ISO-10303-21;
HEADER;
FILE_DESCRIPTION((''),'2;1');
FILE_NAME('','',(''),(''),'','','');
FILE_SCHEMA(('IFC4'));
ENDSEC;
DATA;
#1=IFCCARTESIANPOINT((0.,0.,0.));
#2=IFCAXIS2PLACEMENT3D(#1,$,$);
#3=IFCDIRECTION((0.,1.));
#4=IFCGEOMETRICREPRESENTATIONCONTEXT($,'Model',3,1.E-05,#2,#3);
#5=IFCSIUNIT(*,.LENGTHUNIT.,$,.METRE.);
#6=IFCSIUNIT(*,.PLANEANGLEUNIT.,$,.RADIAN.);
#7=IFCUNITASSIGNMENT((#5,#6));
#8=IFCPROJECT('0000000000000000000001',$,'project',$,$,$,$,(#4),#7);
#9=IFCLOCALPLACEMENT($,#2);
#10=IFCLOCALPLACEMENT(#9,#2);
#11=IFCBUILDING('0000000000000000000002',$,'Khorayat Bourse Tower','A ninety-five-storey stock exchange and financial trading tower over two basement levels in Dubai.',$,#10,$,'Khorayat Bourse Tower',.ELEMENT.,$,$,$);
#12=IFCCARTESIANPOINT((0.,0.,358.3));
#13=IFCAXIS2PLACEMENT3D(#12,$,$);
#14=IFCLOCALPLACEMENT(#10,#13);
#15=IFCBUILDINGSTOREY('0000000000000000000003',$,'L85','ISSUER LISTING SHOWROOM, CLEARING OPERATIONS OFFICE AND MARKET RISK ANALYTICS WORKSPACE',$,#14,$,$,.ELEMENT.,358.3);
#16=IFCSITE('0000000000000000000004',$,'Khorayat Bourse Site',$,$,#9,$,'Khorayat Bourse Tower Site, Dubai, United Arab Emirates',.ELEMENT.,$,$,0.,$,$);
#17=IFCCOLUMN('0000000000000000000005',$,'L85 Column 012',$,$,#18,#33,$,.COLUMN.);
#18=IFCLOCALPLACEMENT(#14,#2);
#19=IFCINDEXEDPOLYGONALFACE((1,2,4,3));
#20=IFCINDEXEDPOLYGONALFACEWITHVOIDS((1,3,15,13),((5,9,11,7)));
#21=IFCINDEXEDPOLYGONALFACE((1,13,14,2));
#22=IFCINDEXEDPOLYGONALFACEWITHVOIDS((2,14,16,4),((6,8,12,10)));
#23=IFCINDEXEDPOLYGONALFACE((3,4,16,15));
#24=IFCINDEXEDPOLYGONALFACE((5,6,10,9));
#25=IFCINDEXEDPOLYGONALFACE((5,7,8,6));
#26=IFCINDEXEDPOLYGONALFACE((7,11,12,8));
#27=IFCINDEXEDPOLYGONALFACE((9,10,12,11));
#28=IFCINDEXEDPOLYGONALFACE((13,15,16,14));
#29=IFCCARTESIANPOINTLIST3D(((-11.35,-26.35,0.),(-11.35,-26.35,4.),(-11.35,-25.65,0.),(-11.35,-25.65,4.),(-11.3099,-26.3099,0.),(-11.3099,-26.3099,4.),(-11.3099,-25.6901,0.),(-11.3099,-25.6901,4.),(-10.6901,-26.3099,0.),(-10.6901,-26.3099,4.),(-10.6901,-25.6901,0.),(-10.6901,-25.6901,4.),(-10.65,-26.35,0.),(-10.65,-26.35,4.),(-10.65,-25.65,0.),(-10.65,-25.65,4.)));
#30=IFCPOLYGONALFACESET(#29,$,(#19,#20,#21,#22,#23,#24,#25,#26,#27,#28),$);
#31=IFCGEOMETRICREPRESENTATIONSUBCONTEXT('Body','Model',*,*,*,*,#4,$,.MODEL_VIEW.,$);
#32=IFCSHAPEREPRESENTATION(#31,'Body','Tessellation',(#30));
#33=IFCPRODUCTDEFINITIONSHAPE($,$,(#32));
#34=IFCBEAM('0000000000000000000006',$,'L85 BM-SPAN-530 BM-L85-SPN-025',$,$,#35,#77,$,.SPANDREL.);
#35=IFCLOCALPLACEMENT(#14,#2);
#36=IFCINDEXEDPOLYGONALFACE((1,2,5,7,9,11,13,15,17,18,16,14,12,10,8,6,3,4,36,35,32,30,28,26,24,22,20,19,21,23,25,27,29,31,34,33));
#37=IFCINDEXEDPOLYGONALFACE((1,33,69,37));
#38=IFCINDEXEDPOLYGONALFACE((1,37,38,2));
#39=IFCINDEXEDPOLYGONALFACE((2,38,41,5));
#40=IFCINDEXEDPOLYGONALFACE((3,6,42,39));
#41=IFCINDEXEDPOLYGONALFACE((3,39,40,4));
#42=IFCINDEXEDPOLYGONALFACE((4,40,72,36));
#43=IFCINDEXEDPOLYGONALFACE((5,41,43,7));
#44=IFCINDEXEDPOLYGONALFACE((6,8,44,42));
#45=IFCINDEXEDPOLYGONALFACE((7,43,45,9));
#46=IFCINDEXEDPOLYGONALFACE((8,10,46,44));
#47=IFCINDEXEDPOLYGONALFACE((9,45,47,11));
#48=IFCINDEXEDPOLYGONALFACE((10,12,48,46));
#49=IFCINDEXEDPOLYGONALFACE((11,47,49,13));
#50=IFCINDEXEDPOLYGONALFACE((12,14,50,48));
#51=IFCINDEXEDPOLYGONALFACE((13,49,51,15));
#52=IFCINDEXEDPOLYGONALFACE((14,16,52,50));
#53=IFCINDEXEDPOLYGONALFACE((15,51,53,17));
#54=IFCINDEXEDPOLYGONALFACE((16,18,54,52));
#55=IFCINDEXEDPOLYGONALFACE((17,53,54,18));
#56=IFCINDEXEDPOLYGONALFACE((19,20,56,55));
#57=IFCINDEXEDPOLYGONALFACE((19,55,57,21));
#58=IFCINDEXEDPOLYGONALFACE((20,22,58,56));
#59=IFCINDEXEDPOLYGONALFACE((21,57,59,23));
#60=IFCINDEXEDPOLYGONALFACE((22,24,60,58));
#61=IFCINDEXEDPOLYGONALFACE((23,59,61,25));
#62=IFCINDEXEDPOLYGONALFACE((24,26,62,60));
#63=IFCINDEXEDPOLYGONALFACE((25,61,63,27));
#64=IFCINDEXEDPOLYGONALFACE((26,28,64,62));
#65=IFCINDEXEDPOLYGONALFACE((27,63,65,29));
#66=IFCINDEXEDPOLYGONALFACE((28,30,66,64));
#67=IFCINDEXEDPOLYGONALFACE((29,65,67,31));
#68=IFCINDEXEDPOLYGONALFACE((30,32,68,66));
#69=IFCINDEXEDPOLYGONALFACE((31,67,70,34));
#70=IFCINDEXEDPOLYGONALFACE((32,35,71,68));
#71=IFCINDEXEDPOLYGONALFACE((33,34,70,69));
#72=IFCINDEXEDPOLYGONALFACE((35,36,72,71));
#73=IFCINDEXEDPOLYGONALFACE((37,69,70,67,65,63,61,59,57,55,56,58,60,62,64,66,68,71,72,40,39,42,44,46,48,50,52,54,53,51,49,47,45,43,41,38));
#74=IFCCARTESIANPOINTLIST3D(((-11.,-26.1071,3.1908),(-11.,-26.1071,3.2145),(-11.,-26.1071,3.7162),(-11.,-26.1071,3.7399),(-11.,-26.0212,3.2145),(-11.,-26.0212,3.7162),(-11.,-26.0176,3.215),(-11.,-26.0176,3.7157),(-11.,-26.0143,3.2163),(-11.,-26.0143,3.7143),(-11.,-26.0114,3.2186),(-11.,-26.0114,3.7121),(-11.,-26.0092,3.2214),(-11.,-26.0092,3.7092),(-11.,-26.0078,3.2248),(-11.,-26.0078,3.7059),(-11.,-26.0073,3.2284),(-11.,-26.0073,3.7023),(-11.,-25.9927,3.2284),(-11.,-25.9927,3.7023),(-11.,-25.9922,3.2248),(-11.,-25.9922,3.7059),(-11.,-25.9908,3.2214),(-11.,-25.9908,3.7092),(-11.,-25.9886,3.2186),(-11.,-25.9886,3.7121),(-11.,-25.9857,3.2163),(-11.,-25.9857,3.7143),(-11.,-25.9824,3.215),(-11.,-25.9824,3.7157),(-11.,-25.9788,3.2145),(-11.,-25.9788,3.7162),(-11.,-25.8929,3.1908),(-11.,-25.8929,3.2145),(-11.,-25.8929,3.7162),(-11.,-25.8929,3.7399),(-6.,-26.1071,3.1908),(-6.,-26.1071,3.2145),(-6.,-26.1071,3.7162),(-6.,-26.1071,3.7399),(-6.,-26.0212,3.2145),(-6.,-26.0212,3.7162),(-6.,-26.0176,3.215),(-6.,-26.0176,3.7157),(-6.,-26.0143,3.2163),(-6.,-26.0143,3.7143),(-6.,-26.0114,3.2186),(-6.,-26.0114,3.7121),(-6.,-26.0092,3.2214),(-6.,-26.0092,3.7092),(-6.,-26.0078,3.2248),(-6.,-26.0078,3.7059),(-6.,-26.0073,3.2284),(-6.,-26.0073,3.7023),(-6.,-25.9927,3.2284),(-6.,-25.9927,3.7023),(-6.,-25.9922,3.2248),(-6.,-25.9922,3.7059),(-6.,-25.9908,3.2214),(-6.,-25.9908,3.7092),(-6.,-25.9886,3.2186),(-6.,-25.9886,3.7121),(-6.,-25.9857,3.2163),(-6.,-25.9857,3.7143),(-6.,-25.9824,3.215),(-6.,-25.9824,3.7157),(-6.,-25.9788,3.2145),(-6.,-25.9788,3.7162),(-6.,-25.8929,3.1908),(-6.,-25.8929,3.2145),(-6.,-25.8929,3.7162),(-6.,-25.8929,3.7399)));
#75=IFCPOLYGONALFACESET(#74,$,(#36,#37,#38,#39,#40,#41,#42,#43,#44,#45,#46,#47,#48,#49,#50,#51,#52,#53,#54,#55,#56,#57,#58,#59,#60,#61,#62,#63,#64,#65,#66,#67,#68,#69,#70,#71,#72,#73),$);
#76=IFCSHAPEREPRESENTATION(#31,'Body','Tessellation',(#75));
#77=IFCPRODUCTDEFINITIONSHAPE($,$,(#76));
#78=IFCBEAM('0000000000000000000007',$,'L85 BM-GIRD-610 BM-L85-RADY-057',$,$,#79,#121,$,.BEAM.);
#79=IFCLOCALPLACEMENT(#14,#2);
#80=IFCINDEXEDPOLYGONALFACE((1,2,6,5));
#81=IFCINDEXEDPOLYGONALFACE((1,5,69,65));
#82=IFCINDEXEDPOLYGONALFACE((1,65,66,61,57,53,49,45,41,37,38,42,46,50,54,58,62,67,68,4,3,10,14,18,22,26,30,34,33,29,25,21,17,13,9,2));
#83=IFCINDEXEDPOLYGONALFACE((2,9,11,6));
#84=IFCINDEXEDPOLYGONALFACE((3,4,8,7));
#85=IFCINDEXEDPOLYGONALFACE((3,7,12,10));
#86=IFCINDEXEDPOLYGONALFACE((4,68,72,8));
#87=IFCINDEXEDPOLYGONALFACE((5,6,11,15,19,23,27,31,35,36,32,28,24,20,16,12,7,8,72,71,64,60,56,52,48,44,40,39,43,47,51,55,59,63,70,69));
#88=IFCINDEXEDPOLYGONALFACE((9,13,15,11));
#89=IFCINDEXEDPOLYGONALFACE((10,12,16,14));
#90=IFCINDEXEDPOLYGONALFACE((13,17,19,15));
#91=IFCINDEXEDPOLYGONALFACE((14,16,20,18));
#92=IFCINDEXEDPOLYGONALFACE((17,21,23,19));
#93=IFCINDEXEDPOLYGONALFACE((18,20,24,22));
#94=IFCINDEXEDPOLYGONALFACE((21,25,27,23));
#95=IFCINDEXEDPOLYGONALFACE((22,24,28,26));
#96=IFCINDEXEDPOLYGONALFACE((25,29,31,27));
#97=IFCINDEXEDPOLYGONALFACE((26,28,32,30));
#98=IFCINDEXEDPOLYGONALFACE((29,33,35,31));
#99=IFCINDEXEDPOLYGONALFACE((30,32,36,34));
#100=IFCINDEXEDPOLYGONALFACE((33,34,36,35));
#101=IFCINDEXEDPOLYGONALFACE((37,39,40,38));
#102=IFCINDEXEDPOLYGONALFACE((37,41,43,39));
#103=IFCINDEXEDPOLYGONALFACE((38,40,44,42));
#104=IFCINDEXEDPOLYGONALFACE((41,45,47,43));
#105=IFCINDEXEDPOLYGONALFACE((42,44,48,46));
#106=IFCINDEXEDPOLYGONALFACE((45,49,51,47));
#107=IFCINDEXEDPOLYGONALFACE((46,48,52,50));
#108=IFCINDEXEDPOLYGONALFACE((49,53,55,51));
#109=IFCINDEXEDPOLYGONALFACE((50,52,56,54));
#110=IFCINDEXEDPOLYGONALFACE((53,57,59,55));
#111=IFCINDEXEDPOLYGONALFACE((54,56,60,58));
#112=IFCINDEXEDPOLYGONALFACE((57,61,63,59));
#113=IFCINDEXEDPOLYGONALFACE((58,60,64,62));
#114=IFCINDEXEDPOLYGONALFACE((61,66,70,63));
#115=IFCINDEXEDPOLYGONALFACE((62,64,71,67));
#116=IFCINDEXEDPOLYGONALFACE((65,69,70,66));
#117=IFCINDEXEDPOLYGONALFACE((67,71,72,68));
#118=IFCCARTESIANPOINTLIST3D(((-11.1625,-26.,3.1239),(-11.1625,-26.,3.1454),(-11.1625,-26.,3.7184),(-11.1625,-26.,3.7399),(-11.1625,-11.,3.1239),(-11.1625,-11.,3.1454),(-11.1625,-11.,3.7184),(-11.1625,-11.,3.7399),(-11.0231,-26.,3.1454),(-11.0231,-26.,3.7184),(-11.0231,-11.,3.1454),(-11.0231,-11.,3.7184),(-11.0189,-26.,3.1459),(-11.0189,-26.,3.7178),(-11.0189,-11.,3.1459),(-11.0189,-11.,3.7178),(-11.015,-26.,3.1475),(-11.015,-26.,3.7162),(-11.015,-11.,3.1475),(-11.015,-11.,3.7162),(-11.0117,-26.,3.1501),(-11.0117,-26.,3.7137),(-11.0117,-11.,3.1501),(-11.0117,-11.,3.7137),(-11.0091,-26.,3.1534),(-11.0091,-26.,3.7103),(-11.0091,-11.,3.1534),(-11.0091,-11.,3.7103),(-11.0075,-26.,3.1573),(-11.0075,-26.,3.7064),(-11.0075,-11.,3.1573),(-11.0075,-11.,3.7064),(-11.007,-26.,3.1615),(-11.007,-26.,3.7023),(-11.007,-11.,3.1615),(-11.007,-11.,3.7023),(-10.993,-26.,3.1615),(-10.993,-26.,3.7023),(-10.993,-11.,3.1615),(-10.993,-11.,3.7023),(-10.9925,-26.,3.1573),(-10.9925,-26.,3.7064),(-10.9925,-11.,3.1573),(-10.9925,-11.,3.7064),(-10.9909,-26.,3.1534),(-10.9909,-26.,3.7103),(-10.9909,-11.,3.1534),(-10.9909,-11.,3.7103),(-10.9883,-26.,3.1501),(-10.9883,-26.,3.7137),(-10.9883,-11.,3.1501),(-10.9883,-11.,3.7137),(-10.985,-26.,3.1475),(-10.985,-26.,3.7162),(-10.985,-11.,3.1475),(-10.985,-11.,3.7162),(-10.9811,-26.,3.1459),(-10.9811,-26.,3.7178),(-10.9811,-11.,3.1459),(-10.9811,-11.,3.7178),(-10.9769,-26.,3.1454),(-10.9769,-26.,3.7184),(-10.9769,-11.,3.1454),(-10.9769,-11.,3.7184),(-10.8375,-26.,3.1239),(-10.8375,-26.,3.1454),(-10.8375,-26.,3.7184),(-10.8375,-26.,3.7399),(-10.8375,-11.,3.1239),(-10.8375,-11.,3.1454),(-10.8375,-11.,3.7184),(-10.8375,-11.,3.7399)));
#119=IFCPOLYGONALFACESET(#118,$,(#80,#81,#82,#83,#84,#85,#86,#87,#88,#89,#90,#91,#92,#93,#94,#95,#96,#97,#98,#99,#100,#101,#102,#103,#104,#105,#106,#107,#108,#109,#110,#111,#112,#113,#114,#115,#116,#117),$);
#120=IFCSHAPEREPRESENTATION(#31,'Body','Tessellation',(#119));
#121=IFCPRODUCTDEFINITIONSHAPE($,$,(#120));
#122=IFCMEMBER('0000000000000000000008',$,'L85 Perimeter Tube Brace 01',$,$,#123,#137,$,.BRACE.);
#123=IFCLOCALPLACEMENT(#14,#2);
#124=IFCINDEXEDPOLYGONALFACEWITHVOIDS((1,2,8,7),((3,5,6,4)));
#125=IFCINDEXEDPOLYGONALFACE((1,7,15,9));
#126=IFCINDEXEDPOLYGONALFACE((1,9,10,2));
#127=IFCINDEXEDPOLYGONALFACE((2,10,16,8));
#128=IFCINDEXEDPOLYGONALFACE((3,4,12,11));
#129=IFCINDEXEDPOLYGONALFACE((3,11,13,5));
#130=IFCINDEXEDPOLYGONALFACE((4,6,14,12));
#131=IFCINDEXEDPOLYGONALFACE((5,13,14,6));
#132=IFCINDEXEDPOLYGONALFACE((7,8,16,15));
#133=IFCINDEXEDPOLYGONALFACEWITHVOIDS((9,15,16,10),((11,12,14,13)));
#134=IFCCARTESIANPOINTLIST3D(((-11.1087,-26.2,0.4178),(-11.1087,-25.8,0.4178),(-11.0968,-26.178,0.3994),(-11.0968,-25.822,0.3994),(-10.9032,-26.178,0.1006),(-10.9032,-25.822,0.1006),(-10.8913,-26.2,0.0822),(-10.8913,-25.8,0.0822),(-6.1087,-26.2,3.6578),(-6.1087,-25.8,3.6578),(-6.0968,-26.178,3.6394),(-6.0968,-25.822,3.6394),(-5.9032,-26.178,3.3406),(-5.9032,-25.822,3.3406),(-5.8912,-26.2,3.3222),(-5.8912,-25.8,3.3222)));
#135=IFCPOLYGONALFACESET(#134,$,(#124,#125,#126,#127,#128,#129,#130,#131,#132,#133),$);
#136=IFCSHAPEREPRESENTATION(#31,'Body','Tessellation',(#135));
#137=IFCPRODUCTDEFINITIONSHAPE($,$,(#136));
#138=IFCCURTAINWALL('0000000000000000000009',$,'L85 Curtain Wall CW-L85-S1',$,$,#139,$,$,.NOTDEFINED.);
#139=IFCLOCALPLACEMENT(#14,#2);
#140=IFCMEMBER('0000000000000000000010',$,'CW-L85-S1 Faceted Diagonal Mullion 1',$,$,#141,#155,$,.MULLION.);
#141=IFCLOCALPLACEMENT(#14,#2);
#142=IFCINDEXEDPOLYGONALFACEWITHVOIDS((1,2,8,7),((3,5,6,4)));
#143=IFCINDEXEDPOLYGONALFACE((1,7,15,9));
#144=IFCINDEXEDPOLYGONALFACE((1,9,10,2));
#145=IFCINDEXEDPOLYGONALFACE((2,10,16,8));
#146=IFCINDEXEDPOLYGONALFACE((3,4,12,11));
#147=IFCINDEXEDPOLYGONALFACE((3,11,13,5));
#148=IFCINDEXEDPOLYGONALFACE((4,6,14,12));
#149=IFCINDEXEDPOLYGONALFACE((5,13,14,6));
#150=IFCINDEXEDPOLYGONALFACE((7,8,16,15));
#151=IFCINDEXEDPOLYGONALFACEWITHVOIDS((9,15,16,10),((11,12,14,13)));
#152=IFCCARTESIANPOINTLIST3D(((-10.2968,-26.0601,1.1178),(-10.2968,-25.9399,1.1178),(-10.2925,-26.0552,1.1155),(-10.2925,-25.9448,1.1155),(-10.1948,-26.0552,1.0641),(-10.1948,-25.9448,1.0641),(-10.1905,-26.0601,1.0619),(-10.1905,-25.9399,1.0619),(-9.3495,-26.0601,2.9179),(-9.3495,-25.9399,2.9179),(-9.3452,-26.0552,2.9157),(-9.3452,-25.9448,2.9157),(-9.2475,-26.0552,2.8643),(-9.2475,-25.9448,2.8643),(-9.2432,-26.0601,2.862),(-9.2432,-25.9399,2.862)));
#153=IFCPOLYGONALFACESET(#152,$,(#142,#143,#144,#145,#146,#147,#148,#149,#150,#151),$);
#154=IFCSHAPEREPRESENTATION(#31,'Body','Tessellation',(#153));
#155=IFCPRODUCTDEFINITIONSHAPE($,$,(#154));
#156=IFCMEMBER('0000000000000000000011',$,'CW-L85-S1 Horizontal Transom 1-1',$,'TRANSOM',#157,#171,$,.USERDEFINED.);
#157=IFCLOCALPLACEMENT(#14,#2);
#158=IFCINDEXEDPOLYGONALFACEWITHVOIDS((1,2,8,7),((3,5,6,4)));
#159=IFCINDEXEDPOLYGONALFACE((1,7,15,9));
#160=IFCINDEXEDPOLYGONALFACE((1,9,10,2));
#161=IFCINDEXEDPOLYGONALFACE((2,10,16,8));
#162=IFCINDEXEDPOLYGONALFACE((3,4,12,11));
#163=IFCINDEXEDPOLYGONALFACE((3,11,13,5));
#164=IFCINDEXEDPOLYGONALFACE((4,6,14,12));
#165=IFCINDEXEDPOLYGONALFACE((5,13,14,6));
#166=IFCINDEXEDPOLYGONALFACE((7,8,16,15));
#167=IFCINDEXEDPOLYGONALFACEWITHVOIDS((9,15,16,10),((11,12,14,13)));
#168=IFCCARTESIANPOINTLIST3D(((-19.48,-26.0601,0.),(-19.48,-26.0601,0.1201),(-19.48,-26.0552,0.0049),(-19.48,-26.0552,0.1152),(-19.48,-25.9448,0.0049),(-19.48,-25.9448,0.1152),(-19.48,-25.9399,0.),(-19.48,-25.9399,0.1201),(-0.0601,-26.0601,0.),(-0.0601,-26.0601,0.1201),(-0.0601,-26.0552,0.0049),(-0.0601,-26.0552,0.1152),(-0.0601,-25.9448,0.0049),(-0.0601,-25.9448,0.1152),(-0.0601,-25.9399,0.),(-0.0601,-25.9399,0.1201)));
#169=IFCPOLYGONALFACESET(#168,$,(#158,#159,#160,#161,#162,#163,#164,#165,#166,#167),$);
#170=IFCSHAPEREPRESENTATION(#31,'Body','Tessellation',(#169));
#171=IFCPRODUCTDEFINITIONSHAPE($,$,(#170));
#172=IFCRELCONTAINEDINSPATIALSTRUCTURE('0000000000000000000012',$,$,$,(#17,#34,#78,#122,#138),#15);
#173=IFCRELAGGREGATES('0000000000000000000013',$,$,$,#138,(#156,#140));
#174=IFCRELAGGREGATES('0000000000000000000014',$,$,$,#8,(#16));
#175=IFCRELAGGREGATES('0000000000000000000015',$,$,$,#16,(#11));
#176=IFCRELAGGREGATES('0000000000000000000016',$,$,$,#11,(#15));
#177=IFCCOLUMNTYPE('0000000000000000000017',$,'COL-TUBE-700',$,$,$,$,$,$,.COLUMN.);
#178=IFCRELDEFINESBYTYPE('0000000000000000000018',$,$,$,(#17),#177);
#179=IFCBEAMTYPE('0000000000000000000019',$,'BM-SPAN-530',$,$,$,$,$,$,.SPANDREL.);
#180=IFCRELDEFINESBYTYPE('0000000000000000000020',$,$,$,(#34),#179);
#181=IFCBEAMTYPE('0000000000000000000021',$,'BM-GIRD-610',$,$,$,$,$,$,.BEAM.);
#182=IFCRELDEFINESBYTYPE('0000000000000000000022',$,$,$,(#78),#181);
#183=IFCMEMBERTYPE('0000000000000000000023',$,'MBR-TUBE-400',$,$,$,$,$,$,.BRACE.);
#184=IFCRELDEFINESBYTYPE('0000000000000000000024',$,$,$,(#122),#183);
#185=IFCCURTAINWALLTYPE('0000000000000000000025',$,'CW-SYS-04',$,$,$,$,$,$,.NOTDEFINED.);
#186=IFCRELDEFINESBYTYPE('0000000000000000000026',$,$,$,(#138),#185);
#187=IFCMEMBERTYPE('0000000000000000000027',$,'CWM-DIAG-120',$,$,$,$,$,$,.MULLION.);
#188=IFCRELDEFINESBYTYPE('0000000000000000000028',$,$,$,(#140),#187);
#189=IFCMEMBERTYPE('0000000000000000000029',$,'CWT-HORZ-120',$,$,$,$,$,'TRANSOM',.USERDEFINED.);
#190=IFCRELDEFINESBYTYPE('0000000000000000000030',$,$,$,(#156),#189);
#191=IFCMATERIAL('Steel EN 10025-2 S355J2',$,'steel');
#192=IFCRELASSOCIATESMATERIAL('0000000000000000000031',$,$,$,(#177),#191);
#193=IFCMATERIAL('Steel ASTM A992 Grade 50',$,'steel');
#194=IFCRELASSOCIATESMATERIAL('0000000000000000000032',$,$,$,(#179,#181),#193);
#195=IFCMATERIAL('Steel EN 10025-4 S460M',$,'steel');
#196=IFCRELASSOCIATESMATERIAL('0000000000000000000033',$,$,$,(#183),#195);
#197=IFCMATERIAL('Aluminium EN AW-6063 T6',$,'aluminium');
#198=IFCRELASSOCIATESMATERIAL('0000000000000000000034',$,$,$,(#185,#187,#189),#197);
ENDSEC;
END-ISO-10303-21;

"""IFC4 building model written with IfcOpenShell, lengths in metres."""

from ifc_helpers import new_model, si_unit, direction, frame, origin, origin_2d, place, context, subcontext, project, spatial, hollow_rectangle, i_section, extrude, source, transform, mapped, material, material_profile, profile_set, type_object, element, aggregate, save


model = new_model("IFC4")

# Units and contexts
model_context = context("Model", 3, precision=1e-05, world=origin(), true_north=direction((0.0, 1.0)))
body_context = subcontext(model_context, "Body", "Model", "MODEL_VIEW")
ifc_project = project(units=[si_unit("LENGTHUNIT", "METRE"), si_unit("PLANEANGLEUNIT", "RADIAN")], contexts=[model_context])

# Site, building, storey
site_placement = place(None, origin())
site = spatial("IfcSite", under=ifc_project, at=site_placement, Name="Khorayat Bourse Site", LongName="Khorayat Bourse Tower Site, Dubai, United Arab Emirates", CompositionType="ELEMENT", RefElevation=0.0)
building_placement = place(site_placement, origin())
building = spatial("IfcBuilding", under=site, at=building_placement, Name="Khorayat Bourse Tower", Description="A ninety-five-storey stock exchange and financial trading tower over two basement levels in Dubai.", LongName="Khorayat Bourse Tower", CompositionType="ELEMENT")
storey_placement = place(building_placement, frame((0.0, 0.0, 358.3)))
storey = spatial("IfcBuildingStorey", under=building, at=storey_placement, Name="L85", Description="ISSUER LISTING SHOWROOM, CLEARING OPERATIONS OFFICE AND MARKET RISK ANALYTICS WORKSPACE", CompositionType="ELEMENT", Elevation=358.3)

# Column
ifc_material_1 = material(Name="Steel EN 10025-2 S355J2", Category="steel")
ifc_material_profile_1 = material_profile(ifc_material_1, hollow_rectangle(XDim=0.7, YDim=0.7, WallThickness=0.04, at=origin_2d()), Name="BOX 700x700x40")
ifc_profile_set_1 = profile_set([ifc_material_profile_1], Name="Steel EN 10025-2 S355J2")
column_type = type_object("IfcColumnType", Name="COL-TUBE-700", PredefinedType="COLUMN", material=ifc_profile_set_1)
shared_shape_1 = source(origin(), body_context, "Body", "SweptSolid", [
    extrude(hollow_rectangle(XDim=0.7, YDim=0.7, WallThickness=0.04, at=origin_2d()), origin(), (0.0, 0.0, 1.0), 4.0),
])
column_placement = place(storey_placement, frame((-11.0, -26.0, 0.0), z_axis=(0.0, 0.0, 1.0), x_axis=(1.0, 0.0, 0.0)))
element("IfcColumn", 1, at=column_placement, inside=storey, type_object=column_type, Name="L85 Column 012", PredefinedType="COLUMN", context=body_context, shape_type="MappedRepresentation", body=[
    mapped(shared_shape_1, transform((0.0, 0.0, 0.0), scale=1.0)),
])

# Beams
ifc_material_2 = material(Name="Steel ASTM A992 Grade 50", Category="steel")
ifc_material_profile_2 = material_profile(ifc_material_2, i_section(OverallWidth=0.2141, OverallDepth=0.5491, WebThickness=0.0146, FlangeThickness=0.0237, FilletRadius=0.0139, at=origin_2d()), Name="W530X138")
ifc_profile_set_2 = profile_set([ifc_material_profile_2], Name="Steel ASTM A992 Grade 50")
beam_type_1 = type_object("IfcBeamType", Name="BM-SPAN-530", PredefinedType="SPANDREL", material=ifc_profile_set_2)
shared_shape_2 = source(origin(), body_context, "Body", "SweptSolid", [
    extrude(i_section(OverallWidth=0.2141, OverallDepth=0.5491, WebThickness=0.0146, FlangeThickness=0.0237, FilletRadius=0.0139, at=origin_2d()), origin(), (0.0, 0.0, 1.0), 5.0),
])
beam_1_placement = place(storey_placement, frame((-11.0, -26.0, 3.4653), z_axis=(1.0, 0.0, 0.0), x_axis=(0.0, 1.0, 0.0)))
element("IfcBeam", 2, at=beam_1_placement, inside=storey, type_object=beam_type_1, Name="L85 BM-SPAN-530 BM-L85-SPN-025", PredefinedType="SPANDREL", context=body_context, shape_type="MappedRepresentation", body=[
    mapped(shared_shape_2, transform((0.0, 0.0, 0.0), scale=1.0)),
])
ifc_material_profile_3 = material_profile(ifc_material_2, i_section(OverallWidth=0.325, OverallDepth=0.616, WebThickness=0.0139, FlangeThickness=0.0215, FilletRadius=0.0161, at=origin_2d()), Name="W610X174")
ifc_profile_set_3 = profile_set([ifc_material_profile_3], Name="Steel ASTM A992 Grade 50")
beam_type_2 = type_object("IfcBeamType", Name="BM-GIRD-610", PredefinedType="BEAM", material=ifc_profile_set_3)
shared_shape_3 = source(origin(), body_context, "Body", "SweptSolid", [
    extrude(i_section(OverallWidth=0.325, OverallDepth=0.616, WebThickness=0.0139, FlangeThickness=0.0215, FilletRadius=0.0161, at=origin_2d()), origin(), (0.0, 0.0, 1.0), 15.0),
])
beam_2_placement = place(storey_placement, frame((-11.0, -26.0, 3.4319), z_axis=(0.0, 1.0, 0.0), x_axis=(-1.0, 0.0, 0.0)))
element("IfcBeam", 3, at=beam_2_placement, inside=storey, type_object=beam_type_2, Name="L85 BM-GIRD-610 BM-L85-RADY-057", PredefinedType="BEAM", context=body_context, shape_type="MappedRepresentation", body=[
    mapped(shared_shape_3, transform((0.0, 0.0, 0.0), scale=1.0)),
])

# Member
ifc_material_3 = material(Name="Steel EN 10025-4 S460M", Category="steel")
ifc_material_profile_4 = material_profile(ifc_material_3, hollow_rectangle(XDim=0.3999, YDim=0.3999, WallThickness=0.022, at=origin_2d()), Name="HSS 400x400x22")
ifc_profile_set_4 = profile_set([ifc_material_profile_4], Name="Steel EN 10025-4 S460M")
member_type_1 = type_object("IfcMemberType", Name="MBR-TUBE-400", PredefinedType="BRACE", material=ifc_profile_set_4)
shared_shape_4 = source(origin(), body_context, "Body", "SweptSolid", [
    extrude(hollow_rectangle(XDim=0.3999, YDim=0.3999, WallThickness=0.022, at=origin_2d()), origin(), (0.0, 0.0, 1.0), 5.958),
])
member_1_placement = place(storey_placement, frame((-11.0, -26.0, 0.25), z_axis=(0.83921, 0.0, 0.543807), x_axis=(0.0, 1.0, 0.0)))
element("IfcMember", 4, at=member_1_placement, inside=storey, type_object=member_type_1, Name="L85 Perimeter Tube Brace 01", PredefinedType="BRACE", context=body_context, shape_type="MappedRepresentation", body=[
    mapped(shared_shape_4, transform((0.0, 0.0, 0.0), scale=1.0)),
])

# Curtain wall, members
ifc_material_4 = material(Name="Aluminium EN AW-6063 T6", Category="aluminium")
curtain_wall_type = type_object("IfcCurtainWallType", Name="CW-SYS-04", PredefinedType="NOTDEFINED", material=ifc_material_4)
curtain_wall_placement = place(storey_placement, origin())
curtain_wall = element("IfcCurtainWall", 5, at=curtain_wall_placement, inside=storey, type_object=curtain_wall_type, Name="L85 Curtain Wall CW-L85-S1", PredefinedType="NOTDEFINED")
ifc_material_profile_5 = material_profile(ifc_material_4, hollow_rectangle(XDim=0.1201, YDim=0.1201, WallThickness=0.0049, at=origin_2d()), Name="ALU 120x120x5")
ifc_profile_set_5 = profile_set([ifc_material_profile_5], Name="Aluminium EN AW-6063 T6")
member_type_2 = type_object("IfcMemberType", Name="CWM-DIAG-120", PredefinedType="MULLION", material=ifc_profile_set_5)
shared_shape_5 = source(origin(), body_context, "Body", "SweptSolid", [
    extrude(hollow_rectangle(XDim=0.1201, YDim=0.1201, WallThickness=0.0049, at=origin_2d()), origin(), (0.0, 0.0, 1.0), 2.0342),
])
member_2_placement = place(storey_placement, frame((-10.2437, -26.0, 1.0898), z_axis=(0.465697, 0.0, 0.884944), x_axis=(0.0, 1.0, 0.0)))
member_2 = element("IfcMember", 6, at=member_2_placement, type_object=member_type_2, Name="CW-L85-S1 Faceted Diagonal Mullion 1", PredefinedType="MULLION", context=body_context, shape_type="MappedRepresentation", body=[
    mapped(shared_shape_5, transform((0.0, 0.0, 0.0), scale=1.0)),
])
ifc_material_profile_6 = material_profile(ifc_material_4, hollow_rectangle(XDim=0.1201, YDim=0.1201, WallThickness=0.0049, at=origin_2d()), Name="ALU 120x120x5")
ifc_profile_set_6 = profile_set([ifc_material_profile_6], Name="Aluminium EN AW-6063 T6")
member_type_3 = type_object("IfcMemberType", Name="CWT-HORZ-120", ElementType="TRANSOM", PredefinedType="USERDEFINED", material=ifc_profile_set_6)
shared_shape_6 = source(origin(), body_context, "Body", "SweptSolid", [
    extrude(hollow_rectangle(XDim=0.1201, YDim=0.1201, WallThickness=0.0049, at=origin_2d()), origin(), (0.0, 0.0, 1.0), 19.4199),
])
member_3_placement = place(storey_placement, frame((-19.48, -26.0, 0.0601), z_axis=(1.0, 0.0, 0.0), x_axis=(0.0, 1.0, 0.0)))
member_3 = element("IfcMember", 7, at=member_3_placement, type_object=member_type_3, Name="CW-L85-S1 Horizontal Transom 1-1", ObjectType="TRANSOM", PredefinedType="USERDEFINED", context=body_context, shape_type="MappedRepresentation", body=[
    mapped(shared_shape_6, transform((0.0, 0.0, 0.0), scale=1.0)),
])

aggregate(curtain_wall, [member_3, member_2])

save(model, "model.ifc")
